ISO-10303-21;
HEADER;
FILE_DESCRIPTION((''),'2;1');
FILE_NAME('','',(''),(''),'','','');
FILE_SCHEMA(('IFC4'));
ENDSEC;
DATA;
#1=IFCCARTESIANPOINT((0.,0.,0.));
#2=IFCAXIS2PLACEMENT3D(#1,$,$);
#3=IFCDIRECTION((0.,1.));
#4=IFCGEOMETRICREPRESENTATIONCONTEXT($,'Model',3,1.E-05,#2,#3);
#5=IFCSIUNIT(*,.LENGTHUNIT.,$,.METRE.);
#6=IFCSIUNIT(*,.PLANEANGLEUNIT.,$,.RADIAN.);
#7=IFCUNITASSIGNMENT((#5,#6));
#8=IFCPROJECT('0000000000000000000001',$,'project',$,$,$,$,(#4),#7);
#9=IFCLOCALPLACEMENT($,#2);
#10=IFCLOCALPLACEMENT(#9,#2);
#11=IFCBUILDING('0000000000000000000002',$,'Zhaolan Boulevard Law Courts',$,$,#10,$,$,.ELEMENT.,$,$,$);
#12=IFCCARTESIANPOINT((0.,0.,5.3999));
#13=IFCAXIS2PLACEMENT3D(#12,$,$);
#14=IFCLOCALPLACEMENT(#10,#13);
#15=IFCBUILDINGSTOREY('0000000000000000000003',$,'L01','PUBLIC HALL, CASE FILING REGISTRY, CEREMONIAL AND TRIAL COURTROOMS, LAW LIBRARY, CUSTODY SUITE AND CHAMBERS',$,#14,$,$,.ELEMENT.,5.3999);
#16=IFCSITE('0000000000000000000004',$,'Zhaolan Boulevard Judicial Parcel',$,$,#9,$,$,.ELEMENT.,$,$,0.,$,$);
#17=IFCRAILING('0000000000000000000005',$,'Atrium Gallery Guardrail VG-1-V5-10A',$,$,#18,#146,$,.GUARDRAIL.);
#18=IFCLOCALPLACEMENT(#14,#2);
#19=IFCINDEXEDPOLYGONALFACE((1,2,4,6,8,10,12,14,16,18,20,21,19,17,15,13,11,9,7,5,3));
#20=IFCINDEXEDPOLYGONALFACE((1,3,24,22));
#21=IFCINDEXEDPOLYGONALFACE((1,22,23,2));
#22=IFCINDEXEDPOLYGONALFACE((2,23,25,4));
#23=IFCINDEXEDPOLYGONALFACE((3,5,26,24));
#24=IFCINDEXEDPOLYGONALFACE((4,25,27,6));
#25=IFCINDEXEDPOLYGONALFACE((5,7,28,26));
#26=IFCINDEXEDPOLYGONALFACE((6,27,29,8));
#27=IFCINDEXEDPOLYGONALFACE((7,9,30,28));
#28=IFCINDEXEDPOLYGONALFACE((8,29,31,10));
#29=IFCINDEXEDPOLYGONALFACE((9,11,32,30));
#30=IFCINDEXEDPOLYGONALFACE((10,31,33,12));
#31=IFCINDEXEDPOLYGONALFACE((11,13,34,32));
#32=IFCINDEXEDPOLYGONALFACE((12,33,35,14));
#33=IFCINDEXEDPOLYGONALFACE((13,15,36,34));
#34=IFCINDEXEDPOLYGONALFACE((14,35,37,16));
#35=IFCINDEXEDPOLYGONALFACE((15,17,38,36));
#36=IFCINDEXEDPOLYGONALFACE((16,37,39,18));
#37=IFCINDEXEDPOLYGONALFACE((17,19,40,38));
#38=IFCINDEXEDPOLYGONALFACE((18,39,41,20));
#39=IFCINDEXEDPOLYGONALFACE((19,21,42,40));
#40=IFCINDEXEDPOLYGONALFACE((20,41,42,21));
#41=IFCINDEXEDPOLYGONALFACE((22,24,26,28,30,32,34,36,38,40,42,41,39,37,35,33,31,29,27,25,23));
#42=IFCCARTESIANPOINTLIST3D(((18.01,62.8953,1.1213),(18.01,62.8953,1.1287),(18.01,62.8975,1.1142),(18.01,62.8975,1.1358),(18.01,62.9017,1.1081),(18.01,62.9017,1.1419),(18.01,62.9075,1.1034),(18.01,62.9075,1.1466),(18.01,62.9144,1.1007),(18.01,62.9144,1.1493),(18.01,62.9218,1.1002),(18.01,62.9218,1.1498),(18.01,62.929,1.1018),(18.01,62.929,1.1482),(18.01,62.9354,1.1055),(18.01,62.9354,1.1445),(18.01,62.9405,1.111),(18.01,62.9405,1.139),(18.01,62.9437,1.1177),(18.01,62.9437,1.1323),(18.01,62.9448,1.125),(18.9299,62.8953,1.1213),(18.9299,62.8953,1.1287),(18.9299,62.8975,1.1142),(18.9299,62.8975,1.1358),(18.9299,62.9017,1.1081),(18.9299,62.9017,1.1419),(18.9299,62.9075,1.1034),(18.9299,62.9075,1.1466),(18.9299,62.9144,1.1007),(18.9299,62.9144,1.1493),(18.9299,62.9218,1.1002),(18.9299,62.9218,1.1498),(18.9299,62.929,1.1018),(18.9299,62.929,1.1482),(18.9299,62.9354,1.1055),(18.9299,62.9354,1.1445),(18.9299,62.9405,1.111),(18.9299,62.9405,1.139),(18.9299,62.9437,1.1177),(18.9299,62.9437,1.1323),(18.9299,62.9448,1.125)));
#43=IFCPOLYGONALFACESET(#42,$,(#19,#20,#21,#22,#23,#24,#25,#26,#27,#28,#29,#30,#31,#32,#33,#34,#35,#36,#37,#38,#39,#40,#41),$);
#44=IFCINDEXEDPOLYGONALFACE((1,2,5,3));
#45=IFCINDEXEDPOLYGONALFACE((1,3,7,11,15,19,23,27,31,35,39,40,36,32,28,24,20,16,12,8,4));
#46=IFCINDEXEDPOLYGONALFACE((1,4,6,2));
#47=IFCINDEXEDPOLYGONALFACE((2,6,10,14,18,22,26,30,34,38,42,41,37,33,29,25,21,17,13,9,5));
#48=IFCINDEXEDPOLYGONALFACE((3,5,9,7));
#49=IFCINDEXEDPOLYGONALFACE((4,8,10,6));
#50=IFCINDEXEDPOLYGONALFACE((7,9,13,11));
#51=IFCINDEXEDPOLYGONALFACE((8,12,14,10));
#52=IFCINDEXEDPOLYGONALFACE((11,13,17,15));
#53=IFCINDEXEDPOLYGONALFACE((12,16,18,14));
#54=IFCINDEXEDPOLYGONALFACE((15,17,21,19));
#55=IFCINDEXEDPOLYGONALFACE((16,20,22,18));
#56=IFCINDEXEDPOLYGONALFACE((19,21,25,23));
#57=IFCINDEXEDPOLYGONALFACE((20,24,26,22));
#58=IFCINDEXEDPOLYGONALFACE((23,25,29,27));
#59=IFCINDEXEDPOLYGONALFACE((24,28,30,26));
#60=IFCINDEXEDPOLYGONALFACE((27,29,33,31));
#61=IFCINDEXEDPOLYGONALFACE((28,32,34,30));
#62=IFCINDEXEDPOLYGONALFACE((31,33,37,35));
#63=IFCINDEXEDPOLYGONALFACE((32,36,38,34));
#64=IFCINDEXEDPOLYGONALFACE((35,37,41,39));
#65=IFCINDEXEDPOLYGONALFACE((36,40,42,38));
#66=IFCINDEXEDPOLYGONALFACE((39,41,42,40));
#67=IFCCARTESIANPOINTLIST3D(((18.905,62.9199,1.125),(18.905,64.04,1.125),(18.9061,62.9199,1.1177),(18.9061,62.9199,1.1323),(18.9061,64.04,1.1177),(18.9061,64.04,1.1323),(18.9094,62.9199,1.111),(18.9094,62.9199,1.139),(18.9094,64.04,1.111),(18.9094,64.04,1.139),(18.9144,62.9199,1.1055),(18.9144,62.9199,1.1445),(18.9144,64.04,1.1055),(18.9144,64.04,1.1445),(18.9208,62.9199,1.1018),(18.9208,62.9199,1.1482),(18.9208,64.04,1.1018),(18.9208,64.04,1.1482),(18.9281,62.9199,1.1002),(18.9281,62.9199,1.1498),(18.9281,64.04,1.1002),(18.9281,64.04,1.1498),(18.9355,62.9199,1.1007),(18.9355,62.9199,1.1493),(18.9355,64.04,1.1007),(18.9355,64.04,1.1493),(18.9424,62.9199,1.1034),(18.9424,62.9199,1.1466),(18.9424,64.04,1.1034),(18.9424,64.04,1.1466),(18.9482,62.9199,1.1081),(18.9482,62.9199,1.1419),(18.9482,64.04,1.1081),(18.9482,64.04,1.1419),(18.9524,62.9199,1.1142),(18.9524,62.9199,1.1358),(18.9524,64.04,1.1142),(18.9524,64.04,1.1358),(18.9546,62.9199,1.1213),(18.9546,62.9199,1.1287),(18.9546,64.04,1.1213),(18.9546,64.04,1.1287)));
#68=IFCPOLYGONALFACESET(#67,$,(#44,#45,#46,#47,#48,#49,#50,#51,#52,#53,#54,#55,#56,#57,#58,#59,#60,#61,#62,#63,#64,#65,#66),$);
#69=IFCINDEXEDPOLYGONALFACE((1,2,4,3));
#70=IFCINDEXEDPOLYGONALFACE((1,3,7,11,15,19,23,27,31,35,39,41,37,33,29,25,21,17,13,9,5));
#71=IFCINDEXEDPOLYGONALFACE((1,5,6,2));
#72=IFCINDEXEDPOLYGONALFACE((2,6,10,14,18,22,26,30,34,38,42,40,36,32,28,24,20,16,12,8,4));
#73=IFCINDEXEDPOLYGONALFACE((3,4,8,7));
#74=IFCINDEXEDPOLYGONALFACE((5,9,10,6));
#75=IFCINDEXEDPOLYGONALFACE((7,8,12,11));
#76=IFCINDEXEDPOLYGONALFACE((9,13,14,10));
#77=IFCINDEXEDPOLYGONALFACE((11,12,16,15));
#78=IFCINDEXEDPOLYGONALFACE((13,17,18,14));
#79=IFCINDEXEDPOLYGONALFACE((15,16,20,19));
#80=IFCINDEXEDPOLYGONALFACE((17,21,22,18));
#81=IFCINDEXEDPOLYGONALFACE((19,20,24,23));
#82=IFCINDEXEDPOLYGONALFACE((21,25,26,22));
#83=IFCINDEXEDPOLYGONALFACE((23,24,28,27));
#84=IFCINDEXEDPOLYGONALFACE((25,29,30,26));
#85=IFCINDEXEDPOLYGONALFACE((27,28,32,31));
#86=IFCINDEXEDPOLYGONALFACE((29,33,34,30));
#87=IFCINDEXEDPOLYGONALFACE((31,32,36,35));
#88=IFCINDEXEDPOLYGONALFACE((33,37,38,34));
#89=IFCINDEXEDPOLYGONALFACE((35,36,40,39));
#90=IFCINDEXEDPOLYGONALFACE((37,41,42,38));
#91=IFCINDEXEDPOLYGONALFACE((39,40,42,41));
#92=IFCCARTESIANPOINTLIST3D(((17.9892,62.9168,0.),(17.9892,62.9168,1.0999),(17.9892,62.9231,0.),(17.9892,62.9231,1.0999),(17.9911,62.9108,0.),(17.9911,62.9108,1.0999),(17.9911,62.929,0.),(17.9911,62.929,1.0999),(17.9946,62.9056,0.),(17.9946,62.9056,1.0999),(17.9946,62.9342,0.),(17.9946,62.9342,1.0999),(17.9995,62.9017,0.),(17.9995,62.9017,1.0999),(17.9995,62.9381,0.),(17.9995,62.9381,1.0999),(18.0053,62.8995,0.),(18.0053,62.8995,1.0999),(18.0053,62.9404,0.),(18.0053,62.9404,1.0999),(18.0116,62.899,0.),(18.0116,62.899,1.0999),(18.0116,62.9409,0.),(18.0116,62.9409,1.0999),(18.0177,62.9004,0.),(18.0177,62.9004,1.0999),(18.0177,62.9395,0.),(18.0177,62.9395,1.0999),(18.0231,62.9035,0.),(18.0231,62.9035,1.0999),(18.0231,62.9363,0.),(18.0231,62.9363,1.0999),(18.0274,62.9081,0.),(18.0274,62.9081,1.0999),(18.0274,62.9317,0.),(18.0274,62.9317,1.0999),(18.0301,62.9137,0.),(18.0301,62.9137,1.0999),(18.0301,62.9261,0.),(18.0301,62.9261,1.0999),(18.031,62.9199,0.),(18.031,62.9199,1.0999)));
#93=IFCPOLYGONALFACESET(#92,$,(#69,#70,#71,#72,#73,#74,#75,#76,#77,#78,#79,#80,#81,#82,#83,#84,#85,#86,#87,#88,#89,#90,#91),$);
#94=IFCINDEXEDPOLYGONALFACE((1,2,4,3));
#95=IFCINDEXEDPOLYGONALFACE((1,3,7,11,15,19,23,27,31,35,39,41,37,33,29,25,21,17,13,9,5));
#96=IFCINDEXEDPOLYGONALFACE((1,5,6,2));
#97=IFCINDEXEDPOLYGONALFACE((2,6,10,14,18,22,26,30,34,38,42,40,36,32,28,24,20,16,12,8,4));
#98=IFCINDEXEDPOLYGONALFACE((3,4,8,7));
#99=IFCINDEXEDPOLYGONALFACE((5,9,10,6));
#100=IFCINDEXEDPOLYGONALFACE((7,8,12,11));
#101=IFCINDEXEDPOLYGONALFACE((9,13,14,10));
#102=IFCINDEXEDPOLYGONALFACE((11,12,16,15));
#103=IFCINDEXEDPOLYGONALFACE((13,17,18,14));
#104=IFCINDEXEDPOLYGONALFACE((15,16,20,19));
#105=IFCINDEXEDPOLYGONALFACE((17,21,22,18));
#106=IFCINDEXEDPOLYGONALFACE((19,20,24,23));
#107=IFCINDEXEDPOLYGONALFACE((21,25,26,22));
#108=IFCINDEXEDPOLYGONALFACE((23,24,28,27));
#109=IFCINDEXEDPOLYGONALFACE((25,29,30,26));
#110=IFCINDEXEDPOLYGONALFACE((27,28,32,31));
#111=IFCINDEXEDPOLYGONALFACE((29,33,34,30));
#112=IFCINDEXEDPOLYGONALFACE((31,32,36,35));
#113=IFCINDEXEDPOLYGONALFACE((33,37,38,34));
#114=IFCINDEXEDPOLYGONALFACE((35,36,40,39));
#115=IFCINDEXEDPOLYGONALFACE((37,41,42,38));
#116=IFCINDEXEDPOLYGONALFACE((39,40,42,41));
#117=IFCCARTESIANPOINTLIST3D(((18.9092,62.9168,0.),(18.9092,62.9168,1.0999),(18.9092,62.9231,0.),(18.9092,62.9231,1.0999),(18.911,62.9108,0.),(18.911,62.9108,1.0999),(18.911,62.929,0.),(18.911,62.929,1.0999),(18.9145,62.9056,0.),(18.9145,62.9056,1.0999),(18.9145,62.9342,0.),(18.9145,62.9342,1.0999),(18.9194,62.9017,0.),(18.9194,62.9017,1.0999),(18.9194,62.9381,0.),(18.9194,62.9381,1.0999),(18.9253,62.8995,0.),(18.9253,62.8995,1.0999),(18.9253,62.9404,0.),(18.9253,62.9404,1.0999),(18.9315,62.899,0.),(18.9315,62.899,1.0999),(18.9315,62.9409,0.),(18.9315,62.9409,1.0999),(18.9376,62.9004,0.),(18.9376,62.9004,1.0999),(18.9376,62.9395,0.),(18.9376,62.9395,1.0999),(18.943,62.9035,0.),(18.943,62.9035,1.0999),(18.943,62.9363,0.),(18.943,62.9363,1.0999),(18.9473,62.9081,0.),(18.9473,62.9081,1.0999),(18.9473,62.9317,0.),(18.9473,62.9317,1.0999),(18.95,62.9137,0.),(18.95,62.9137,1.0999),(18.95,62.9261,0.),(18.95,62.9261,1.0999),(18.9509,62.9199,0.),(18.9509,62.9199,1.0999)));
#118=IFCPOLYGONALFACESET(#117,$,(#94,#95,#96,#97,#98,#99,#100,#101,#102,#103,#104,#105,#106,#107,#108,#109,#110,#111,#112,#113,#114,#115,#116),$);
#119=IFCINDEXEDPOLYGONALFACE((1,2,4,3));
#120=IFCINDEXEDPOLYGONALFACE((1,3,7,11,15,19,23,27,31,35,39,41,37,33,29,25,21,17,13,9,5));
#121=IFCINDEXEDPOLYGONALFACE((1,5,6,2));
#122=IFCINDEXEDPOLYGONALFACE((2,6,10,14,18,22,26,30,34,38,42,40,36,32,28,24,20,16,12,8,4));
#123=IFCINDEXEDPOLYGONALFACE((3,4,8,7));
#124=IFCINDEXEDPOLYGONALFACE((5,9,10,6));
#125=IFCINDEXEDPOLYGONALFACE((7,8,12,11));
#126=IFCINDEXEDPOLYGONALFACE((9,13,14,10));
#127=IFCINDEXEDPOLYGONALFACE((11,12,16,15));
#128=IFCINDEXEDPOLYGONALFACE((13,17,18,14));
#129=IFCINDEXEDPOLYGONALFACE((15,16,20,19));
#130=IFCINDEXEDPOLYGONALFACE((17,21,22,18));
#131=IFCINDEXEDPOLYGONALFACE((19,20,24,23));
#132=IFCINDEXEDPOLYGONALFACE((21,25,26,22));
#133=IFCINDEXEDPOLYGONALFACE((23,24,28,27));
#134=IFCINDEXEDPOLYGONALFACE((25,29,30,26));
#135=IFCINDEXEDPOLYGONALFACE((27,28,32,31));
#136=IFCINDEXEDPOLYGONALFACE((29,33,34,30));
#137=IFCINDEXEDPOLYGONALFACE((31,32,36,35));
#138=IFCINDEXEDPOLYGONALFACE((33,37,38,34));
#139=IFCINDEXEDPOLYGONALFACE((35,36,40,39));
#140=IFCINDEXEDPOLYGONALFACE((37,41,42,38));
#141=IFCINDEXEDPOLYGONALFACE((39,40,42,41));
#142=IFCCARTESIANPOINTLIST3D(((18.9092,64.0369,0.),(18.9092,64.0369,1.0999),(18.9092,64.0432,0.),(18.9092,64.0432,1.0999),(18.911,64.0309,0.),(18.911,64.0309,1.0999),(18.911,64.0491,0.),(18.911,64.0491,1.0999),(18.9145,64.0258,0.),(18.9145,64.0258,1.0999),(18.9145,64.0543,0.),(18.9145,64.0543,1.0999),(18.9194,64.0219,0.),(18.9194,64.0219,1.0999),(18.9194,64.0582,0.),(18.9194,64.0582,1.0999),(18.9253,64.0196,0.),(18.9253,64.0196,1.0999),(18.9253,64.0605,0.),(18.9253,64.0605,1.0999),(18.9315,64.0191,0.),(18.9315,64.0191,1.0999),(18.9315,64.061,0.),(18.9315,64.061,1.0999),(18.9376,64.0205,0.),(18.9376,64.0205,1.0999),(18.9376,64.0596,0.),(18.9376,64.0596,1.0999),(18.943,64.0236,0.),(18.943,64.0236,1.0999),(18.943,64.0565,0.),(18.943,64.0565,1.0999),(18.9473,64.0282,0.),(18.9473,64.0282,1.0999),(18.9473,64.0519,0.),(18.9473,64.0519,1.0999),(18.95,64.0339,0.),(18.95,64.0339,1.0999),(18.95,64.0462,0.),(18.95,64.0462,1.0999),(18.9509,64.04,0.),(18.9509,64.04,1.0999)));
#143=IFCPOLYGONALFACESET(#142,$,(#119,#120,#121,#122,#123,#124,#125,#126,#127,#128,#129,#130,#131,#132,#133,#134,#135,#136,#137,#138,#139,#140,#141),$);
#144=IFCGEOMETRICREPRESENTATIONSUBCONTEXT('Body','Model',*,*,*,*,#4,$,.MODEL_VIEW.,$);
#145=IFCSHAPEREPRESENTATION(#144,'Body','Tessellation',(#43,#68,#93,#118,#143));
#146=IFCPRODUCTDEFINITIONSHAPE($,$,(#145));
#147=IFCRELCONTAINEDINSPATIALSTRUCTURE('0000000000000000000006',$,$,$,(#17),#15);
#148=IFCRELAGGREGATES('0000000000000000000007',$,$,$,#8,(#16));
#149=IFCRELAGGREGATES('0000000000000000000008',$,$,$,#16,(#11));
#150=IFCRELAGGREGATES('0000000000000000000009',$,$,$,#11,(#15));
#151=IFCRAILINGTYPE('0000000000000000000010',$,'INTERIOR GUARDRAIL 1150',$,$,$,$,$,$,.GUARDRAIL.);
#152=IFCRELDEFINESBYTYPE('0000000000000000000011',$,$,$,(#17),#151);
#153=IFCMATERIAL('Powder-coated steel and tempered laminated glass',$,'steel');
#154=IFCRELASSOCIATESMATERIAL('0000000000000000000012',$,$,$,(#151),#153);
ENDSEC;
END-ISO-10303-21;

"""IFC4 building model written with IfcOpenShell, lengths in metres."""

from ifc_helpers import new_model, si_unit, direction, frame, origin, origin_2d, place, context, subcontext, project, spatial, circle, extrude, material, type_object, element, save


model = new_model("IFC4")

# Units and contexts
model_context = context("Model", 3, precision=1e-05, world=origin(), true_north=direction((0.0, 1.0)))
body_context = subcontext(model_context, "Body", "Model", "MODEL_VIEW")
ifc_project = project(units=[si_unit("LENGTHUNIT", "METRE"), si_unit("PLANEANGLEUNIT", "RADIAN")], contexts=[model_context])

# Site, building, storey
site_placement = place(None, origin())
site = spatial("IfcSite", under=ifc_project, at=site_placement, Name="Zhaolan Boulevard Judicial Parcel", CompositionType="ELEMENT", RefElevation=0.0)
building_placement = place(site_placement, origin())
building = spatial("IfcBuilding", under=site, at=building_placement, Name="Zhaolan Boulevard Law Courts", CompositionType="ELEMENT")
storey_placement = place(building_placement, frame((0.0, 0.0, 5.3999)))
storey = spatial("IfcBuildingStorey", under=building, at=storey_placement, Name="L01", Description="PUBLIC HALL, CASE FILING REGISTRY, CEREMONIAL AND TRIAL COURTROOMS, LAW LIBRARY, CUSTODY SUITE AND CHAMBERS", CompositionType="ELEMENT", Elevation=5.3999)

# Railing
ifc_material_1 = material(Name="Powder-coated steel and tempered laminated glass", Category="steel")
railing_type_1 = type_object("IfcRailingType", Name="INTERIOR GUARDRAIL 1150", PredefinedType="GUARDRAIL", material=ifc_material_1)
railing_1_placement = place(storey_placement, frame((18.01, 62.9199, 0.0)))
element("IfcRailing", 1, at=railing_1_placement, inside=storey, type_object=railing_type_1, Name="Atrium Gallery Guardrail VG-1-V5-10A", PredefinedType="GUARDRAIL", context=body_context, shape_type="SweptSolid", body=[
    extrude(circle(Radius=0.0249, at=origin_2d()), frame((0.0, 0.0, 1.125), z_axis=(1.0, 0.0, 0.0), x_axis=(0.0, 1.0, 0.0)), (0.0, 0.0, 1.0), 0.9199),
    extrude(circle(Radius=0.0249, at=origin_2d()), frame((0.9199, 0.0, 1.125), z_axis=(0.0, 1.0, 0.0), x_axis=(-1.0, 0.0, 0.0)), (0.0, 0.0, 1.0), 1.1201),
    extrude(circle(Radius=0.021, at=origin_2d()), origin(), (0.0, 0.0, 1.0), 1.0999),
    extrude(circle(Radius=0.021, at=origin_2d()), frame((0.9199, 0.0, 0.0)), (0.0, 0.0, 1.0), 1.0999),
    extrude(circle(Radius=0.021, at=origin_2d()), frame((0.9199, 1.1201, 0.0)), (0.0, 0.0, 1.0), 1.0999),
])

save(model, "model.ifc")
